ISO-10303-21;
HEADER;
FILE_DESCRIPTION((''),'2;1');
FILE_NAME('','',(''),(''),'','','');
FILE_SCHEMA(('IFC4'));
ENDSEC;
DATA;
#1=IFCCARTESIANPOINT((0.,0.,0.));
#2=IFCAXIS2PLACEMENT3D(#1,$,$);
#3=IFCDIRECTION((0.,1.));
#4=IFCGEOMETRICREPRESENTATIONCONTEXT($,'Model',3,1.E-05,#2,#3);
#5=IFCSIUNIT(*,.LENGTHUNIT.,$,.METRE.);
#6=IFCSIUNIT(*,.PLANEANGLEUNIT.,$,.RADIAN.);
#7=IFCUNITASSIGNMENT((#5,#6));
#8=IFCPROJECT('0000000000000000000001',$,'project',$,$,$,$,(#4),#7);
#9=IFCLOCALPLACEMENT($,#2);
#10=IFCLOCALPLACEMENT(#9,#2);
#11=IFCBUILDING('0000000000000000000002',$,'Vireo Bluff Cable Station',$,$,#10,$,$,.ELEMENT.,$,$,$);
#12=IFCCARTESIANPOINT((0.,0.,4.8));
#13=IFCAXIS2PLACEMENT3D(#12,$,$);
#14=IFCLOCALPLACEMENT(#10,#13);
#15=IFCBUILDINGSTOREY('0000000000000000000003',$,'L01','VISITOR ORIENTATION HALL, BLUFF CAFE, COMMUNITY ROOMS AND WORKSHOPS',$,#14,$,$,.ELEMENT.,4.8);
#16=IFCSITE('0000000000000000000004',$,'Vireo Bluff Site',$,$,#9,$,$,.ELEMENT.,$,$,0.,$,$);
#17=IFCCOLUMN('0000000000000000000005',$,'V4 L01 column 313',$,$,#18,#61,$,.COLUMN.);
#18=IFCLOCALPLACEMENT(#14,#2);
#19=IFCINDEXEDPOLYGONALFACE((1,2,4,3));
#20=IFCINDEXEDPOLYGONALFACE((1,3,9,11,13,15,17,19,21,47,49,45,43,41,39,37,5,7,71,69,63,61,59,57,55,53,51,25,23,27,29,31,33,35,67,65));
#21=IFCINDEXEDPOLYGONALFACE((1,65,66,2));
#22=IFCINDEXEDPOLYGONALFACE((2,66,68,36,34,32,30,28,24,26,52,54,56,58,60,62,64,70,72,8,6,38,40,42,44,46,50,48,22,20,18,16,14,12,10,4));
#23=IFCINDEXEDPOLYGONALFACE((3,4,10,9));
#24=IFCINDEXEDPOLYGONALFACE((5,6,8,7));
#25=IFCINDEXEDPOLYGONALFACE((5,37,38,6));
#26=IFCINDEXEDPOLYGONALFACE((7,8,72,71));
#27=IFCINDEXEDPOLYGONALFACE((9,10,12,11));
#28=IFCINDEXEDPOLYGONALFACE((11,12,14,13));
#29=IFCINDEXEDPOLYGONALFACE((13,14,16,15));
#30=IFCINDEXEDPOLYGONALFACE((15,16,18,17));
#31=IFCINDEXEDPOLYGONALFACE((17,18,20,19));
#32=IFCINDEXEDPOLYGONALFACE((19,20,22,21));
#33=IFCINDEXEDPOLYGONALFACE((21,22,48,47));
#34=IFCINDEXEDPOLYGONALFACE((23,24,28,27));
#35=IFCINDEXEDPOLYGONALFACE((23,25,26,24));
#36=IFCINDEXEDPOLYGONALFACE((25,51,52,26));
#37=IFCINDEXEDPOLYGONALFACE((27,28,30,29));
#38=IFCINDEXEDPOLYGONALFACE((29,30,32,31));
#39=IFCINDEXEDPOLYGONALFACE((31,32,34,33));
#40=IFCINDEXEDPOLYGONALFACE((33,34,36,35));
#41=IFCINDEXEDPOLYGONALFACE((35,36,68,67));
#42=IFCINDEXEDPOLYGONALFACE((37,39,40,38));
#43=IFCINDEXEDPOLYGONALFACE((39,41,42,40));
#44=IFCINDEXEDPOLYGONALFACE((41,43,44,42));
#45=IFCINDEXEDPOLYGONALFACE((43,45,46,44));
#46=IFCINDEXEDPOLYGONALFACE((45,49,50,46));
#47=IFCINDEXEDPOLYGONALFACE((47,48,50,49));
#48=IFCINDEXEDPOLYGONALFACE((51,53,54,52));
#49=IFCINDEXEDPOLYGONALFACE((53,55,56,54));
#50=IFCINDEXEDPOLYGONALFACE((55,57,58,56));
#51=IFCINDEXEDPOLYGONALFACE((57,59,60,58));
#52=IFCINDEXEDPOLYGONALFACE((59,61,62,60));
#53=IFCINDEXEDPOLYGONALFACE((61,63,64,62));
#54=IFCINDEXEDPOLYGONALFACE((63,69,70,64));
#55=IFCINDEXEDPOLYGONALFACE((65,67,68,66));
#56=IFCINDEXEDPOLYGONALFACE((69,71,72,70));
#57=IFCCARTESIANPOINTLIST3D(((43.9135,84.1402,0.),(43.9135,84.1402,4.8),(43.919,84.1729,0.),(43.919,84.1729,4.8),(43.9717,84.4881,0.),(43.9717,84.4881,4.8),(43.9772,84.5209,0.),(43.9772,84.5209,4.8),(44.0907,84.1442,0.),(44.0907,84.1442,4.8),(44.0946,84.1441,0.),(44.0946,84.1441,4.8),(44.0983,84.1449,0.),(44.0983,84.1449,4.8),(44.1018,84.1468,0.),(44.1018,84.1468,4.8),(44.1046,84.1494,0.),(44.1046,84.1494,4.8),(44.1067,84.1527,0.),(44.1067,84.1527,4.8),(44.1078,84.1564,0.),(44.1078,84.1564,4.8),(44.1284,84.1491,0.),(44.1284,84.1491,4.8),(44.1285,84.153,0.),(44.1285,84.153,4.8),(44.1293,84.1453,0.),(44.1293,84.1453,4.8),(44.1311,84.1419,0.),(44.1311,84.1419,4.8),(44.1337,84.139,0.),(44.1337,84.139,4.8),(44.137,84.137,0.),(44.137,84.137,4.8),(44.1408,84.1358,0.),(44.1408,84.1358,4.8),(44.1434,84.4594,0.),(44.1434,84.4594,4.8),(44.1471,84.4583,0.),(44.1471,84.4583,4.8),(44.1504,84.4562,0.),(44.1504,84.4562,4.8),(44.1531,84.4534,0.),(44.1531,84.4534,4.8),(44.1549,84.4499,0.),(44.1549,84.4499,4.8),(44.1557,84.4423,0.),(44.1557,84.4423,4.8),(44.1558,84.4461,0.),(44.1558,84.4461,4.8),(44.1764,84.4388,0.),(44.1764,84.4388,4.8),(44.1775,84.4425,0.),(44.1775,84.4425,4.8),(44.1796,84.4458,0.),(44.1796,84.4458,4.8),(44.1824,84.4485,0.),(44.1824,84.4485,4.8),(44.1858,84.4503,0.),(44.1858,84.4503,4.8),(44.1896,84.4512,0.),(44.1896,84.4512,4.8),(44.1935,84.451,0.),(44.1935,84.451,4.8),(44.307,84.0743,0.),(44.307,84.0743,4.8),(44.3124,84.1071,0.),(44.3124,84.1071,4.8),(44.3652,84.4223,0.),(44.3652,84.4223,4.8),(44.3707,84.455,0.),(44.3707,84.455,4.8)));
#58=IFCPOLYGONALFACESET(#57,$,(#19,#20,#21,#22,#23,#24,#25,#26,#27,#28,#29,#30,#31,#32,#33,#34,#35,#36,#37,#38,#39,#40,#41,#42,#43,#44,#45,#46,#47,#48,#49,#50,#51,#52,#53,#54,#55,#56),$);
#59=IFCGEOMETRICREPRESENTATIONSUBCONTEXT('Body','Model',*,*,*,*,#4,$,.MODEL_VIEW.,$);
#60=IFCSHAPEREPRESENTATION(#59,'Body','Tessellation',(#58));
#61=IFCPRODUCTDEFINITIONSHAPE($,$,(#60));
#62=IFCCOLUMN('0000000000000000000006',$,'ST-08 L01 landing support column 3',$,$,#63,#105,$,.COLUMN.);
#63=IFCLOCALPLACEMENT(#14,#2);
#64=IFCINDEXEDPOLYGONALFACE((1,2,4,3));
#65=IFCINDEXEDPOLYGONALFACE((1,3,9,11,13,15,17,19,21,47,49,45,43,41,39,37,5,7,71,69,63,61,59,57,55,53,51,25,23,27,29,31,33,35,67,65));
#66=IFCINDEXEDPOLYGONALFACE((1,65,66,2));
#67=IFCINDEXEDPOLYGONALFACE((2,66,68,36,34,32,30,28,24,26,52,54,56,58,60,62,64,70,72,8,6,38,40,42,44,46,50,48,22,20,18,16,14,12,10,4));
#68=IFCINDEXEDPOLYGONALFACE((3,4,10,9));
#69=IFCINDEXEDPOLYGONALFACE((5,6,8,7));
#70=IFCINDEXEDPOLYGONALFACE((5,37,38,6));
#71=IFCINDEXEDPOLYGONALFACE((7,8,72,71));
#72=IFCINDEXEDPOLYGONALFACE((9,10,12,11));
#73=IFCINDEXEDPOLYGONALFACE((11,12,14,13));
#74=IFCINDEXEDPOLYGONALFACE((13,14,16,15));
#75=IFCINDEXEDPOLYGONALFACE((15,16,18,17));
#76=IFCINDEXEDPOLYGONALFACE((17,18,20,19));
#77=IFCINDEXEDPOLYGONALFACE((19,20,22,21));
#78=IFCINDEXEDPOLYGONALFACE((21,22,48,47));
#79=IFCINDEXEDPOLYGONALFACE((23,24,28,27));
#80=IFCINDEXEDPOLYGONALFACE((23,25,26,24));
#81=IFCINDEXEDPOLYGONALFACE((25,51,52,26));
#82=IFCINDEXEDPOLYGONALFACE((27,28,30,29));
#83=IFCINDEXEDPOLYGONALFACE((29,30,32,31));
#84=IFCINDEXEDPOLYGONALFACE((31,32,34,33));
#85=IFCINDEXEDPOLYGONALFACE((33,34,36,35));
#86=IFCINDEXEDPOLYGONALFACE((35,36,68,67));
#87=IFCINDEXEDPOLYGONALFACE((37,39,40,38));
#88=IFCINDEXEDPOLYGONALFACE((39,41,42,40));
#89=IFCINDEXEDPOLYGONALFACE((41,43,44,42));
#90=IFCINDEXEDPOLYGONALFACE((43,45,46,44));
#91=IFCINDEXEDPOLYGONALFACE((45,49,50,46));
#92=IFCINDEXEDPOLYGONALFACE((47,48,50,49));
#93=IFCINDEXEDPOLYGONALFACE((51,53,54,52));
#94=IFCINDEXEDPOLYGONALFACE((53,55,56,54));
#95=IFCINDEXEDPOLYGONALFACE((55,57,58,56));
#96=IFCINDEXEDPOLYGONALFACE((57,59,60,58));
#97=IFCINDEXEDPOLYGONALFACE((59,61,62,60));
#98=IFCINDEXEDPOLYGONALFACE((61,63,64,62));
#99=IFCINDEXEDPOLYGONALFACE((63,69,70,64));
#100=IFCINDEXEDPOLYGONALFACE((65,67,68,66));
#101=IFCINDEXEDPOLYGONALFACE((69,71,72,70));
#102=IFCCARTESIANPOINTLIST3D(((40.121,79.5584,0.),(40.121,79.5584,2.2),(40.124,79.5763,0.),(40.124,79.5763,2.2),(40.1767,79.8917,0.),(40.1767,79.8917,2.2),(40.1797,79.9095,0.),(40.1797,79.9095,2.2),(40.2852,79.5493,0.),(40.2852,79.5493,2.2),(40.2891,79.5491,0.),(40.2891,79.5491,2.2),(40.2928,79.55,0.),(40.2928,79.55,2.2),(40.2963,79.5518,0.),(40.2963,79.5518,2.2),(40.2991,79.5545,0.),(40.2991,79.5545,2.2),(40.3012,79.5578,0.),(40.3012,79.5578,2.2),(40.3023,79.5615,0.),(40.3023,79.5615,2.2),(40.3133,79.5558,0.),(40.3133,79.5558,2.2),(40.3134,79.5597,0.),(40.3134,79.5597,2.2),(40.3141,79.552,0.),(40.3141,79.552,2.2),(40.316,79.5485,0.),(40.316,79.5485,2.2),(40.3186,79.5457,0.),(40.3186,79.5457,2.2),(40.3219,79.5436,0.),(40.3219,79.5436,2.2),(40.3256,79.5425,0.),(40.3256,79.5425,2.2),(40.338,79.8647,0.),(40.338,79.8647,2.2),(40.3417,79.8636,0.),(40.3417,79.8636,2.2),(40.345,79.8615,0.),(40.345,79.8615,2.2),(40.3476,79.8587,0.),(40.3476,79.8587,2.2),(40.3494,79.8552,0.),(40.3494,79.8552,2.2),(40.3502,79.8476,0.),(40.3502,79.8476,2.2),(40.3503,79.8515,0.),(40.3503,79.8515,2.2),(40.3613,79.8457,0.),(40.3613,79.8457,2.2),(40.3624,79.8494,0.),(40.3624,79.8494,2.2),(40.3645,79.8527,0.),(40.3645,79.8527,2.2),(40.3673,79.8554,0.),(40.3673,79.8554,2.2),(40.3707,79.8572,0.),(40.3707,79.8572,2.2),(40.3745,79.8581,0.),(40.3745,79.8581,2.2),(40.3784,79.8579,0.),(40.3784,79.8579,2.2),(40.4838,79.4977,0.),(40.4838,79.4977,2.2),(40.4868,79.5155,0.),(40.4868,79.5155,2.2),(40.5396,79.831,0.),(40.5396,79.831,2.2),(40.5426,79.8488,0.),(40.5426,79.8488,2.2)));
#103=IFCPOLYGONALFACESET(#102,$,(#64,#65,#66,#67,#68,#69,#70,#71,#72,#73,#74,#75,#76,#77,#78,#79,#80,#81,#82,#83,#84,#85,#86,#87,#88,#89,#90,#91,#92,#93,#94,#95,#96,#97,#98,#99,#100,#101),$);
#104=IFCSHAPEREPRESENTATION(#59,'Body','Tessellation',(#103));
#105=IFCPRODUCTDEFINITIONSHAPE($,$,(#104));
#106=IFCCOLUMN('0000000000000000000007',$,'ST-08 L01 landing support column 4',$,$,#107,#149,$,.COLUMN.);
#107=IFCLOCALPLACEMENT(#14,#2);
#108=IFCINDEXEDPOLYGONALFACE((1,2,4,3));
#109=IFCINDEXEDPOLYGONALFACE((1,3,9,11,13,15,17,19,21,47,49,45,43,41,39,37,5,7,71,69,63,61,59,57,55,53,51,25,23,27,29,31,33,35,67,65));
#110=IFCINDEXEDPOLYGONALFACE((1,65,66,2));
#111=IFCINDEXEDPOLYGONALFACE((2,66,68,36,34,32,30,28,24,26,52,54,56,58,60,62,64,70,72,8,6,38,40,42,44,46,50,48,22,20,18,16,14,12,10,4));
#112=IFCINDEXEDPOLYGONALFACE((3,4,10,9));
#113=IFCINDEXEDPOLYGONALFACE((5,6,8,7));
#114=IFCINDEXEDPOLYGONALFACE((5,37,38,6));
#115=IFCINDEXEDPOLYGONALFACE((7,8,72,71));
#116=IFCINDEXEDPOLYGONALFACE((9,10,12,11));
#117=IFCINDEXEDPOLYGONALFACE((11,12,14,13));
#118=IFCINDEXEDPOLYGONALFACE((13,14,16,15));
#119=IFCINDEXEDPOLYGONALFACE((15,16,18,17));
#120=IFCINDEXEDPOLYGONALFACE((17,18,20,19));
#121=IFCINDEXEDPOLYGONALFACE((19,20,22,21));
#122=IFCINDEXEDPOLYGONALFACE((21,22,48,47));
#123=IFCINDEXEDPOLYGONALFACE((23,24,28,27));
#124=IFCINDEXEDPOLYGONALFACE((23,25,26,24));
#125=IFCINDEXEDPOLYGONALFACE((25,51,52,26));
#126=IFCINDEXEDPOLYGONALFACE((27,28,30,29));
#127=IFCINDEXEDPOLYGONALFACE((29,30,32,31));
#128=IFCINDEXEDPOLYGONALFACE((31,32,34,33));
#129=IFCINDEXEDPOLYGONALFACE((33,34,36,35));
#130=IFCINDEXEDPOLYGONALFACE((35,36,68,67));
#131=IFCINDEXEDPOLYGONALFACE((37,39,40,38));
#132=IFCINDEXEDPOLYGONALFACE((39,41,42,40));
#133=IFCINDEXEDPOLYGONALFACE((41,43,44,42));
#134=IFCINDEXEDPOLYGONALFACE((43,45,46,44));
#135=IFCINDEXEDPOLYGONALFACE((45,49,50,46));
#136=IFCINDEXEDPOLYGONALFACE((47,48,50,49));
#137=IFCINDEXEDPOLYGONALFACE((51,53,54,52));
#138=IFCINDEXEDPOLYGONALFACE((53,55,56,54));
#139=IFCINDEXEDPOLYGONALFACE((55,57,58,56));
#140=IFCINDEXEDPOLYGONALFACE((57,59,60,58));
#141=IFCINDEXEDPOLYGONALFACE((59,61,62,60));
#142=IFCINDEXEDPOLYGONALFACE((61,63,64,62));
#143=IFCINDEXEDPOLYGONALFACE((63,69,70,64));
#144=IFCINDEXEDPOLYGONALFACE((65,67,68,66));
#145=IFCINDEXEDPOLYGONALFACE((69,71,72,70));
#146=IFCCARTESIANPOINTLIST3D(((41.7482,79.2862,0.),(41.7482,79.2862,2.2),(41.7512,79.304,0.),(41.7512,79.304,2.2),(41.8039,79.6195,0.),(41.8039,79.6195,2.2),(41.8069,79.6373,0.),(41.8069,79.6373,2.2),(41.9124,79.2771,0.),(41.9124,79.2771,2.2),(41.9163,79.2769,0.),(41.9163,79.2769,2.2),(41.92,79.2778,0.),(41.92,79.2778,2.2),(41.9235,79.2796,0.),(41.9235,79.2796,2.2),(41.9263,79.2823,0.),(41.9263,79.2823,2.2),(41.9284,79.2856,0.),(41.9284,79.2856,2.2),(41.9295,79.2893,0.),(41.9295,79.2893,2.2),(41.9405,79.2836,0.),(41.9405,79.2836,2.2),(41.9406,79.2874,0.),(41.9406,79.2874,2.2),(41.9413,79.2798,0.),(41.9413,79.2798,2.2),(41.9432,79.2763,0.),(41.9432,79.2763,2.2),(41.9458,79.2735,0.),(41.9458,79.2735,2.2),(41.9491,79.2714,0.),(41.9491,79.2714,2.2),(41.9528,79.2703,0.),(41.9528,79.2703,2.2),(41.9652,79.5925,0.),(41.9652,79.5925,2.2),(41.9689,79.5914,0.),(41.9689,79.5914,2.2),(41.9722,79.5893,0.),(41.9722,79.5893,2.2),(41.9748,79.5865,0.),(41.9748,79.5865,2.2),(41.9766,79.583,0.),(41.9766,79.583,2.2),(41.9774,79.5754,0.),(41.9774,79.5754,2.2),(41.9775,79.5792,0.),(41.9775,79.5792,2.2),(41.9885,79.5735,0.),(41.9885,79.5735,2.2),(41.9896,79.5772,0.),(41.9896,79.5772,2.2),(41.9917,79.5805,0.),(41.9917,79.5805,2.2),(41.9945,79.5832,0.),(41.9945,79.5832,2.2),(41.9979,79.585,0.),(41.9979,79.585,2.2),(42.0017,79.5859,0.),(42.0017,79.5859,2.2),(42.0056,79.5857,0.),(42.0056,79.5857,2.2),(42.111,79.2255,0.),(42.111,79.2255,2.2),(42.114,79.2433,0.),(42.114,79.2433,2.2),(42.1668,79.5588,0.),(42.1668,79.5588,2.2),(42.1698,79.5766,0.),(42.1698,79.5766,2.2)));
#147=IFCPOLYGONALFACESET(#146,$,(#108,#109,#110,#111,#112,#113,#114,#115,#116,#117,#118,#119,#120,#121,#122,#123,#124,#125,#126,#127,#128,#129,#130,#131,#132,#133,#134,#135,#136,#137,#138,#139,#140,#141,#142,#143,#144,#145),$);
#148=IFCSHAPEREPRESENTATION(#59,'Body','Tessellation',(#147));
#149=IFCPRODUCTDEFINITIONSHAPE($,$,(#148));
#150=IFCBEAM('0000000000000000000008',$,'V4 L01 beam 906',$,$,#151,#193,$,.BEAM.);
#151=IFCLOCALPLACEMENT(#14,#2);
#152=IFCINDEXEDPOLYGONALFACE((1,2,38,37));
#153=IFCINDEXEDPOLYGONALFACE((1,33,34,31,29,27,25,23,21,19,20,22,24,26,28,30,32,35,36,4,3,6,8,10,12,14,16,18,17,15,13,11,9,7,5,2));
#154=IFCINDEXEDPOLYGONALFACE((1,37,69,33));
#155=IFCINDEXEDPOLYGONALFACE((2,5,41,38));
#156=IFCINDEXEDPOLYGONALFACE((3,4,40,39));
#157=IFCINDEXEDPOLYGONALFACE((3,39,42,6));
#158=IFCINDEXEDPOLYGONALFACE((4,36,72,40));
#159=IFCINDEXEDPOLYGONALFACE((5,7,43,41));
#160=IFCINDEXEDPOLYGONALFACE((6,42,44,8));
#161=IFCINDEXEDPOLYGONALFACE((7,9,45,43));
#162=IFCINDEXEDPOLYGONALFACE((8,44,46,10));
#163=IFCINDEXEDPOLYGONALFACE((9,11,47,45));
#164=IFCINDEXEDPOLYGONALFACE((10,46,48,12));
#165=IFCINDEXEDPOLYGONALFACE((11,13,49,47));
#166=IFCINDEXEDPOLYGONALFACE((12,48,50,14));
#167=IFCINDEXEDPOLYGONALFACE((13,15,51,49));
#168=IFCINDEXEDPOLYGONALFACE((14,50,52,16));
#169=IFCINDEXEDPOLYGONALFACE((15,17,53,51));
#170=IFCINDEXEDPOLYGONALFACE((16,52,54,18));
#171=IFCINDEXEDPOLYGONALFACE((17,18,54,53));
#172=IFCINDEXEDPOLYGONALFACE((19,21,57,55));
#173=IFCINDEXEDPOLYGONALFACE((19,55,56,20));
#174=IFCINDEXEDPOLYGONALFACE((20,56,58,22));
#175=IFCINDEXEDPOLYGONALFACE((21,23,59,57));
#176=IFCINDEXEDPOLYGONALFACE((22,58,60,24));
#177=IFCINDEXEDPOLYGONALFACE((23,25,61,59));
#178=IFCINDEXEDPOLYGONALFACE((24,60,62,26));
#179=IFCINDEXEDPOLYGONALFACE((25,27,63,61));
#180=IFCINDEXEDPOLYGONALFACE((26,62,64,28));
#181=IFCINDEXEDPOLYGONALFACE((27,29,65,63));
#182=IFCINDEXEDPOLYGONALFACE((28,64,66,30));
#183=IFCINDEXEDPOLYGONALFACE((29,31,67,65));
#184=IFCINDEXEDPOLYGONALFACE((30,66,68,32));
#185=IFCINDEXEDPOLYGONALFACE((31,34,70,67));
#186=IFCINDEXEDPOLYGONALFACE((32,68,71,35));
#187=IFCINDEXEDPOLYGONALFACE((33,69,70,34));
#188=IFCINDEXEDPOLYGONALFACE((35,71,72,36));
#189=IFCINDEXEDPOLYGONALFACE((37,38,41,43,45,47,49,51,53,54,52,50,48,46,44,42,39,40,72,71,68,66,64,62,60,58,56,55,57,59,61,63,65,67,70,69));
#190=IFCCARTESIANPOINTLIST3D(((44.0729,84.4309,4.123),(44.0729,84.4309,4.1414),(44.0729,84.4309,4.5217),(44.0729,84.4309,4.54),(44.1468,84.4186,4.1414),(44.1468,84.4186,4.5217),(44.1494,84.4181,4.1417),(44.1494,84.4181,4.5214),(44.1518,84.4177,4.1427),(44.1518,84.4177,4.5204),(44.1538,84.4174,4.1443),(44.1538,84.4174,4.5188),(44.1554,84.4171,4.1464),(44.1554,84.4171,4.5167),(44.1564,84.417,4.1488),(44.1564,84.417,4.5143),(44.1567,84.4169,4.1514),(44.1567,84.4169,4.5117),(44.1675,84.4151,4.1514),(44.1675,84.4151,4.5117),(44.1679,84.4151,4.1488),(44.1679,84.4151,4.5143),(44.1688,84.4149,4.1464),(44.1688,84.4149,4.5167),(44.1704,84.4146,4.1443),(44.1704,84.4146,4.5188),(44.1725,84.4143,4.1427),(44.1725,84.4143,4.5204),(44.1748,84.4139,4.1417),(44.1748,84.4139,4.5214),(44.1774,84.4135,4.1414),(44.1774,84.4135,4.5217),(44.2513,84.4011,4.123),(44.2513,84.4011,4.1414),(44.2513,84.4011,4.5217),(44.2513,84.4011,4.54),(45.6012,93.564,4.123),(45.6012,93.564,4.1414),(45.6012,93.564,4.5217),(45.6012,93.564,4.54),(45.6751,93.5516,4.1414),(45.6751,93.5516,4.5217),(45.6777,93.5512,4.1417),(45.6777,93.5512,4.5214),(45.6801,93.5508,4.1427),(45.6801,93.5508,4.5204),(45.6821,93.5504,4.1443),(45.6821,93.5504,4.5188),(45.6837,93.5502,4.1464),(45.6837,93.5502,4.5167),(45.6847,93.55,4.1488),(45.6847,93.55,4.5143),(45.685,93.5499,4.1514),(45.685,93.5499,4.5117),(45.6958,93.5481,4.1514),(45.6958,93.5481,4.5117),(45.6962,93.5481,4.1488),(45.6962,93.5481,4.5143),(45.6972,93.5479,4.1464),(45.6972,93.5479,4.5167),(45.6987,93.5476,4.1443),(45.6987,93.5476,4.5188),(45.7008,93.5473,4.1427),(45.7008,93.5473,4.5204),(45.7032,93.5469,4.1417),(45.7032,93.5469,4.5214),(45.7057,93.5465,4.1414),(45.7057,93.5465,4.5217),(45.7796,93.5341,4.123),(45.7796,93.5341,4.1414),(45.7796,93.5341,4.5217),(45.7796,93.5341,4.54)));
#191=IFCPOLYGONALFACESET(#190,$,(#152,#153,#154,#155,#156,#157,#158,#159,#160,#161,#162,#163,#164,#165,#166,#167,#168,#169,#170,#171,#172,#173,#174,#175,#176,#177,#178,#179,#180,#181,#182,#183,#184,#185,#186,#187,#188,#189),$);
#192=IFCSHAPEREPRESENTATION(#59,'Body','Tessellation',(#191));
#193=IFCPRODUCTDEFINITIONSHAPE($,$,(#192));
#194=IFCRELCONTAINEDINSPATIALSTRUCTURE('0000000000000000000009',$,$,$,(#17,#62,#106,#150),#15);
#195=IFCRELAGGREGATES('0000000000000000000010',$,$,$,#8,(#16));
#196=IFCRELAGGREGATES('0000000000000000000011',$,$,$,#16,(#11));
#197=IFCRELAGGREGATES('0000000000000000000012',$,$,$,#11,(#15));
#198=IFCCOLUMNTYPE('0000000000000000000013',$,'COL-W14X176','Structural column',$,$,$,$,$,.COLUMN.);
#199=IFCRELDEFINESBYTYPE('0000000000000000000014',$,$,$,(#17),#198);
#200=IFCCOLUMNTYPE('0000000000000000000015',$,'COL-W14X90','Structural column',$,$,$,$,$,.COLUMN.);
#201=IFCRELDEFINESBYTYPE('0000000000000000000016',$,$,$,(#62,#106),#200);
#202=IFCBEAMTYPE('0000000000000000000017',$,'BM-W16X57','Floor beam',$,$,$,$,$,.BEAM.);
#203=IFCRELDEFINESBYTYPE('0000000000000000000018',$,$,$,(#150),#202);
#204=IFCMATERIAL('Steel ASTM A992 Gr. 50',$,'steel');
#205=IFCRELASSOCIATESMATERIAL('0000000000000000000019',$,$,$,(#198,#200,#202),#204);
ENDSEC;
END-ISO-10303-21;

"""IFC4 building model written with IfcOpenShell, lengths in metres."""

from ifc_helpers import new_model, si_unit, direction, frame, origin, origin_2d, place, context, subcontext, project, spatial, i_section, extrude, material, material_profile, profile_set, type_object, element, save


model = new_model("IFC4")

# Units and contexts
model_context = context("Model", 3, precision=1e-05, world=origin(), true_north=direction((0.0, 1.0)))
body_context = subcontext(model_context, "Body", "Model", "MODEL_VIEW")
ifc_project = project(units=[si_unit("LENGTHUNIT", "METRE"), si_unit("PLANEANGLEUNIT", "RADIAN")], contexts=[model_context])

# Site, building, storey
site_placement = place(None, origin())
site = spatial("IfcSite", under=ifc_project, at=site_placement, Name="Vireo Bluff Site", CompositionType="ELEMENT", RefElevation=0.0)
building_placement = place(site_placement, origin())
building = spatial("IfcBuilding", under=site, at=building_placement, Name="Vireo Bluff Cable Station", CompositionType="ELEMENT")
storey_placement = place(building_placement, frame((0.0, 0.0, 4.8)))
storey = spatial("IfcBuildingStorey", under=building, at=storey_placement, Name="L01", Description="VISITOR ORIENTATION HALL, BLUFF CAFE, COMMUNITY ROOMS AND WORKSHOPS", CompositionType="ELEMENT", Elevation=4.8)

# Columns
ifc_material_1 = material(Name="Steel ASTM A992 Gr. 50", Category="steel")
ifc_material_profile_1 = material_profile(ifc_material_1, i_section(OverallWidth=0.3989, OverallDepth=0.386, WebThickness=0.021, FlangeThickness=0.0332, FilletRadius=0.0149, at=origin_2d()), Name="W14X176")
ifc_profile_set_1 = profile_set([ifc_material_profile_1], Name="Steel ASTM A992 Gr. 50")
column_type_1 = type_object("IfcColumnType", Name="COL-W14X176", Description="Structural column", PredefinedType="COLUMN", material=ifc_profile_set_1)
column_placement = place(storey_placement, frame((44.1421, 84.2976, 0.0), z_axis=(0.0, 0.0, 1.0), x_axis=(0.986286, -0.165048, 0.0)))
element("IfcColumn", 1, at=column_placement, inside=storey, type_object=column_type_1, Name="V4 L01 column 313", PredefinedType="COLUMN", context=body_context, shape_type="SweptSolid", body=[
    extrude(i_section(OverallWidth=0.3989, OverallDepth=0.386, WebThickness=0.021, FlangeThickness=0.0332, FilletRadius=0.0149, at=origin_2d()), origin(), (0.0, 0.0, 1.0), 4.8),
])
ifc_material_profile_2 = material_profile(ifc_material_1, i_section(OverallWidth=0.3679, OverallDepth=0.356, WebThickness=0.0112, FlangeThickness=0.0181, FilletRadius=0.0149, at=origin_2d()), Name="W14X90")
ifc_profile_set_2 = profile_set([ifc_material_profile_2], Name="Steel ASTM A992 Gr. 50")
column_type_2 = type_object("IfcColumnType", Name="COL-W14X90", Description="Structural column", PredefinedType="COLUMN", material=ifc_profile_set_2)
for number, where, z_axis, x_axis, name in (
    (2, (40.3318, 79.7036, 0.0), (0.0, 0.0, 1.0), (0.986286, -0.165048, 0.0), "ST-08 L01 landing support column 3"),
    (3, (41.959, 79.4314, 0.0), (0.0, 0.0, 1.0), (0.986286, -0.165048, 0.0), "ST-08 L01 landing support column 4"),
):
    element("IfcColumn", number, at=place(storey_placement, frame(where, z_axis=z_axis, x_axis=x_axis)), inside=storey, type_object=column_type_2, Name=name, PredefinedType="COLUMN", context=body_context, shape_type="SweptSolid", body=[
        extrude(i_section(OverallWidth=0.3679, OverallDepth=0.356, WebThickness=0.0112, FlangeThickness=0.0181, FilletRadius=0.0149, at=origin_2d()), origin(), (0.0, 0.0, 1.0), 2.2),
    ])

# Beam
ifc_material_profile_3 = material_profile(ifc_material_1, i_section(OverallWidth=0.1809, OverallDepth=0.417, WebThickness=0.011, FlangeThickness=0.0183, FilletRadius=0.01, at=origin_2d()), Name="W16X57")
ifc_profile_set_3 = profile_set([ifc_material_profile_3], Name="Steel ASTM A992 Gr. 50")
beam_type_1 = type_object("IfcBeamType", Name="BM-W16X57", Description="Floor beam", PredefinedType="BEAM", material=ifc_profile_set_3)
beam_1_placement = place(storey_placement, frame((44.1621, 84.416, 4.3315), z_axis=(0.165045, 0.986286, 0.0), x_axis=(-0.986286, 0.165045, 0.0)))
element("IfcBeam", 4, at=beam_1_placement, inside=storey, type_object=beam_type_1, Name="V4 L01 beam 906", PredefinedType="BEAM", context=body_context, shape_type="SweptSolid", body=[
    extrude(i_section(OverallWidth=0.1809, OverallDepth=0.417, WebThickness=0.011, FlangeThickness=0.0183, FilletRadius=0.01, at=origin_2d()), origin(), (0.0, 0.0, 1.0), 9.26),
])

save(model, "model.ifc")
